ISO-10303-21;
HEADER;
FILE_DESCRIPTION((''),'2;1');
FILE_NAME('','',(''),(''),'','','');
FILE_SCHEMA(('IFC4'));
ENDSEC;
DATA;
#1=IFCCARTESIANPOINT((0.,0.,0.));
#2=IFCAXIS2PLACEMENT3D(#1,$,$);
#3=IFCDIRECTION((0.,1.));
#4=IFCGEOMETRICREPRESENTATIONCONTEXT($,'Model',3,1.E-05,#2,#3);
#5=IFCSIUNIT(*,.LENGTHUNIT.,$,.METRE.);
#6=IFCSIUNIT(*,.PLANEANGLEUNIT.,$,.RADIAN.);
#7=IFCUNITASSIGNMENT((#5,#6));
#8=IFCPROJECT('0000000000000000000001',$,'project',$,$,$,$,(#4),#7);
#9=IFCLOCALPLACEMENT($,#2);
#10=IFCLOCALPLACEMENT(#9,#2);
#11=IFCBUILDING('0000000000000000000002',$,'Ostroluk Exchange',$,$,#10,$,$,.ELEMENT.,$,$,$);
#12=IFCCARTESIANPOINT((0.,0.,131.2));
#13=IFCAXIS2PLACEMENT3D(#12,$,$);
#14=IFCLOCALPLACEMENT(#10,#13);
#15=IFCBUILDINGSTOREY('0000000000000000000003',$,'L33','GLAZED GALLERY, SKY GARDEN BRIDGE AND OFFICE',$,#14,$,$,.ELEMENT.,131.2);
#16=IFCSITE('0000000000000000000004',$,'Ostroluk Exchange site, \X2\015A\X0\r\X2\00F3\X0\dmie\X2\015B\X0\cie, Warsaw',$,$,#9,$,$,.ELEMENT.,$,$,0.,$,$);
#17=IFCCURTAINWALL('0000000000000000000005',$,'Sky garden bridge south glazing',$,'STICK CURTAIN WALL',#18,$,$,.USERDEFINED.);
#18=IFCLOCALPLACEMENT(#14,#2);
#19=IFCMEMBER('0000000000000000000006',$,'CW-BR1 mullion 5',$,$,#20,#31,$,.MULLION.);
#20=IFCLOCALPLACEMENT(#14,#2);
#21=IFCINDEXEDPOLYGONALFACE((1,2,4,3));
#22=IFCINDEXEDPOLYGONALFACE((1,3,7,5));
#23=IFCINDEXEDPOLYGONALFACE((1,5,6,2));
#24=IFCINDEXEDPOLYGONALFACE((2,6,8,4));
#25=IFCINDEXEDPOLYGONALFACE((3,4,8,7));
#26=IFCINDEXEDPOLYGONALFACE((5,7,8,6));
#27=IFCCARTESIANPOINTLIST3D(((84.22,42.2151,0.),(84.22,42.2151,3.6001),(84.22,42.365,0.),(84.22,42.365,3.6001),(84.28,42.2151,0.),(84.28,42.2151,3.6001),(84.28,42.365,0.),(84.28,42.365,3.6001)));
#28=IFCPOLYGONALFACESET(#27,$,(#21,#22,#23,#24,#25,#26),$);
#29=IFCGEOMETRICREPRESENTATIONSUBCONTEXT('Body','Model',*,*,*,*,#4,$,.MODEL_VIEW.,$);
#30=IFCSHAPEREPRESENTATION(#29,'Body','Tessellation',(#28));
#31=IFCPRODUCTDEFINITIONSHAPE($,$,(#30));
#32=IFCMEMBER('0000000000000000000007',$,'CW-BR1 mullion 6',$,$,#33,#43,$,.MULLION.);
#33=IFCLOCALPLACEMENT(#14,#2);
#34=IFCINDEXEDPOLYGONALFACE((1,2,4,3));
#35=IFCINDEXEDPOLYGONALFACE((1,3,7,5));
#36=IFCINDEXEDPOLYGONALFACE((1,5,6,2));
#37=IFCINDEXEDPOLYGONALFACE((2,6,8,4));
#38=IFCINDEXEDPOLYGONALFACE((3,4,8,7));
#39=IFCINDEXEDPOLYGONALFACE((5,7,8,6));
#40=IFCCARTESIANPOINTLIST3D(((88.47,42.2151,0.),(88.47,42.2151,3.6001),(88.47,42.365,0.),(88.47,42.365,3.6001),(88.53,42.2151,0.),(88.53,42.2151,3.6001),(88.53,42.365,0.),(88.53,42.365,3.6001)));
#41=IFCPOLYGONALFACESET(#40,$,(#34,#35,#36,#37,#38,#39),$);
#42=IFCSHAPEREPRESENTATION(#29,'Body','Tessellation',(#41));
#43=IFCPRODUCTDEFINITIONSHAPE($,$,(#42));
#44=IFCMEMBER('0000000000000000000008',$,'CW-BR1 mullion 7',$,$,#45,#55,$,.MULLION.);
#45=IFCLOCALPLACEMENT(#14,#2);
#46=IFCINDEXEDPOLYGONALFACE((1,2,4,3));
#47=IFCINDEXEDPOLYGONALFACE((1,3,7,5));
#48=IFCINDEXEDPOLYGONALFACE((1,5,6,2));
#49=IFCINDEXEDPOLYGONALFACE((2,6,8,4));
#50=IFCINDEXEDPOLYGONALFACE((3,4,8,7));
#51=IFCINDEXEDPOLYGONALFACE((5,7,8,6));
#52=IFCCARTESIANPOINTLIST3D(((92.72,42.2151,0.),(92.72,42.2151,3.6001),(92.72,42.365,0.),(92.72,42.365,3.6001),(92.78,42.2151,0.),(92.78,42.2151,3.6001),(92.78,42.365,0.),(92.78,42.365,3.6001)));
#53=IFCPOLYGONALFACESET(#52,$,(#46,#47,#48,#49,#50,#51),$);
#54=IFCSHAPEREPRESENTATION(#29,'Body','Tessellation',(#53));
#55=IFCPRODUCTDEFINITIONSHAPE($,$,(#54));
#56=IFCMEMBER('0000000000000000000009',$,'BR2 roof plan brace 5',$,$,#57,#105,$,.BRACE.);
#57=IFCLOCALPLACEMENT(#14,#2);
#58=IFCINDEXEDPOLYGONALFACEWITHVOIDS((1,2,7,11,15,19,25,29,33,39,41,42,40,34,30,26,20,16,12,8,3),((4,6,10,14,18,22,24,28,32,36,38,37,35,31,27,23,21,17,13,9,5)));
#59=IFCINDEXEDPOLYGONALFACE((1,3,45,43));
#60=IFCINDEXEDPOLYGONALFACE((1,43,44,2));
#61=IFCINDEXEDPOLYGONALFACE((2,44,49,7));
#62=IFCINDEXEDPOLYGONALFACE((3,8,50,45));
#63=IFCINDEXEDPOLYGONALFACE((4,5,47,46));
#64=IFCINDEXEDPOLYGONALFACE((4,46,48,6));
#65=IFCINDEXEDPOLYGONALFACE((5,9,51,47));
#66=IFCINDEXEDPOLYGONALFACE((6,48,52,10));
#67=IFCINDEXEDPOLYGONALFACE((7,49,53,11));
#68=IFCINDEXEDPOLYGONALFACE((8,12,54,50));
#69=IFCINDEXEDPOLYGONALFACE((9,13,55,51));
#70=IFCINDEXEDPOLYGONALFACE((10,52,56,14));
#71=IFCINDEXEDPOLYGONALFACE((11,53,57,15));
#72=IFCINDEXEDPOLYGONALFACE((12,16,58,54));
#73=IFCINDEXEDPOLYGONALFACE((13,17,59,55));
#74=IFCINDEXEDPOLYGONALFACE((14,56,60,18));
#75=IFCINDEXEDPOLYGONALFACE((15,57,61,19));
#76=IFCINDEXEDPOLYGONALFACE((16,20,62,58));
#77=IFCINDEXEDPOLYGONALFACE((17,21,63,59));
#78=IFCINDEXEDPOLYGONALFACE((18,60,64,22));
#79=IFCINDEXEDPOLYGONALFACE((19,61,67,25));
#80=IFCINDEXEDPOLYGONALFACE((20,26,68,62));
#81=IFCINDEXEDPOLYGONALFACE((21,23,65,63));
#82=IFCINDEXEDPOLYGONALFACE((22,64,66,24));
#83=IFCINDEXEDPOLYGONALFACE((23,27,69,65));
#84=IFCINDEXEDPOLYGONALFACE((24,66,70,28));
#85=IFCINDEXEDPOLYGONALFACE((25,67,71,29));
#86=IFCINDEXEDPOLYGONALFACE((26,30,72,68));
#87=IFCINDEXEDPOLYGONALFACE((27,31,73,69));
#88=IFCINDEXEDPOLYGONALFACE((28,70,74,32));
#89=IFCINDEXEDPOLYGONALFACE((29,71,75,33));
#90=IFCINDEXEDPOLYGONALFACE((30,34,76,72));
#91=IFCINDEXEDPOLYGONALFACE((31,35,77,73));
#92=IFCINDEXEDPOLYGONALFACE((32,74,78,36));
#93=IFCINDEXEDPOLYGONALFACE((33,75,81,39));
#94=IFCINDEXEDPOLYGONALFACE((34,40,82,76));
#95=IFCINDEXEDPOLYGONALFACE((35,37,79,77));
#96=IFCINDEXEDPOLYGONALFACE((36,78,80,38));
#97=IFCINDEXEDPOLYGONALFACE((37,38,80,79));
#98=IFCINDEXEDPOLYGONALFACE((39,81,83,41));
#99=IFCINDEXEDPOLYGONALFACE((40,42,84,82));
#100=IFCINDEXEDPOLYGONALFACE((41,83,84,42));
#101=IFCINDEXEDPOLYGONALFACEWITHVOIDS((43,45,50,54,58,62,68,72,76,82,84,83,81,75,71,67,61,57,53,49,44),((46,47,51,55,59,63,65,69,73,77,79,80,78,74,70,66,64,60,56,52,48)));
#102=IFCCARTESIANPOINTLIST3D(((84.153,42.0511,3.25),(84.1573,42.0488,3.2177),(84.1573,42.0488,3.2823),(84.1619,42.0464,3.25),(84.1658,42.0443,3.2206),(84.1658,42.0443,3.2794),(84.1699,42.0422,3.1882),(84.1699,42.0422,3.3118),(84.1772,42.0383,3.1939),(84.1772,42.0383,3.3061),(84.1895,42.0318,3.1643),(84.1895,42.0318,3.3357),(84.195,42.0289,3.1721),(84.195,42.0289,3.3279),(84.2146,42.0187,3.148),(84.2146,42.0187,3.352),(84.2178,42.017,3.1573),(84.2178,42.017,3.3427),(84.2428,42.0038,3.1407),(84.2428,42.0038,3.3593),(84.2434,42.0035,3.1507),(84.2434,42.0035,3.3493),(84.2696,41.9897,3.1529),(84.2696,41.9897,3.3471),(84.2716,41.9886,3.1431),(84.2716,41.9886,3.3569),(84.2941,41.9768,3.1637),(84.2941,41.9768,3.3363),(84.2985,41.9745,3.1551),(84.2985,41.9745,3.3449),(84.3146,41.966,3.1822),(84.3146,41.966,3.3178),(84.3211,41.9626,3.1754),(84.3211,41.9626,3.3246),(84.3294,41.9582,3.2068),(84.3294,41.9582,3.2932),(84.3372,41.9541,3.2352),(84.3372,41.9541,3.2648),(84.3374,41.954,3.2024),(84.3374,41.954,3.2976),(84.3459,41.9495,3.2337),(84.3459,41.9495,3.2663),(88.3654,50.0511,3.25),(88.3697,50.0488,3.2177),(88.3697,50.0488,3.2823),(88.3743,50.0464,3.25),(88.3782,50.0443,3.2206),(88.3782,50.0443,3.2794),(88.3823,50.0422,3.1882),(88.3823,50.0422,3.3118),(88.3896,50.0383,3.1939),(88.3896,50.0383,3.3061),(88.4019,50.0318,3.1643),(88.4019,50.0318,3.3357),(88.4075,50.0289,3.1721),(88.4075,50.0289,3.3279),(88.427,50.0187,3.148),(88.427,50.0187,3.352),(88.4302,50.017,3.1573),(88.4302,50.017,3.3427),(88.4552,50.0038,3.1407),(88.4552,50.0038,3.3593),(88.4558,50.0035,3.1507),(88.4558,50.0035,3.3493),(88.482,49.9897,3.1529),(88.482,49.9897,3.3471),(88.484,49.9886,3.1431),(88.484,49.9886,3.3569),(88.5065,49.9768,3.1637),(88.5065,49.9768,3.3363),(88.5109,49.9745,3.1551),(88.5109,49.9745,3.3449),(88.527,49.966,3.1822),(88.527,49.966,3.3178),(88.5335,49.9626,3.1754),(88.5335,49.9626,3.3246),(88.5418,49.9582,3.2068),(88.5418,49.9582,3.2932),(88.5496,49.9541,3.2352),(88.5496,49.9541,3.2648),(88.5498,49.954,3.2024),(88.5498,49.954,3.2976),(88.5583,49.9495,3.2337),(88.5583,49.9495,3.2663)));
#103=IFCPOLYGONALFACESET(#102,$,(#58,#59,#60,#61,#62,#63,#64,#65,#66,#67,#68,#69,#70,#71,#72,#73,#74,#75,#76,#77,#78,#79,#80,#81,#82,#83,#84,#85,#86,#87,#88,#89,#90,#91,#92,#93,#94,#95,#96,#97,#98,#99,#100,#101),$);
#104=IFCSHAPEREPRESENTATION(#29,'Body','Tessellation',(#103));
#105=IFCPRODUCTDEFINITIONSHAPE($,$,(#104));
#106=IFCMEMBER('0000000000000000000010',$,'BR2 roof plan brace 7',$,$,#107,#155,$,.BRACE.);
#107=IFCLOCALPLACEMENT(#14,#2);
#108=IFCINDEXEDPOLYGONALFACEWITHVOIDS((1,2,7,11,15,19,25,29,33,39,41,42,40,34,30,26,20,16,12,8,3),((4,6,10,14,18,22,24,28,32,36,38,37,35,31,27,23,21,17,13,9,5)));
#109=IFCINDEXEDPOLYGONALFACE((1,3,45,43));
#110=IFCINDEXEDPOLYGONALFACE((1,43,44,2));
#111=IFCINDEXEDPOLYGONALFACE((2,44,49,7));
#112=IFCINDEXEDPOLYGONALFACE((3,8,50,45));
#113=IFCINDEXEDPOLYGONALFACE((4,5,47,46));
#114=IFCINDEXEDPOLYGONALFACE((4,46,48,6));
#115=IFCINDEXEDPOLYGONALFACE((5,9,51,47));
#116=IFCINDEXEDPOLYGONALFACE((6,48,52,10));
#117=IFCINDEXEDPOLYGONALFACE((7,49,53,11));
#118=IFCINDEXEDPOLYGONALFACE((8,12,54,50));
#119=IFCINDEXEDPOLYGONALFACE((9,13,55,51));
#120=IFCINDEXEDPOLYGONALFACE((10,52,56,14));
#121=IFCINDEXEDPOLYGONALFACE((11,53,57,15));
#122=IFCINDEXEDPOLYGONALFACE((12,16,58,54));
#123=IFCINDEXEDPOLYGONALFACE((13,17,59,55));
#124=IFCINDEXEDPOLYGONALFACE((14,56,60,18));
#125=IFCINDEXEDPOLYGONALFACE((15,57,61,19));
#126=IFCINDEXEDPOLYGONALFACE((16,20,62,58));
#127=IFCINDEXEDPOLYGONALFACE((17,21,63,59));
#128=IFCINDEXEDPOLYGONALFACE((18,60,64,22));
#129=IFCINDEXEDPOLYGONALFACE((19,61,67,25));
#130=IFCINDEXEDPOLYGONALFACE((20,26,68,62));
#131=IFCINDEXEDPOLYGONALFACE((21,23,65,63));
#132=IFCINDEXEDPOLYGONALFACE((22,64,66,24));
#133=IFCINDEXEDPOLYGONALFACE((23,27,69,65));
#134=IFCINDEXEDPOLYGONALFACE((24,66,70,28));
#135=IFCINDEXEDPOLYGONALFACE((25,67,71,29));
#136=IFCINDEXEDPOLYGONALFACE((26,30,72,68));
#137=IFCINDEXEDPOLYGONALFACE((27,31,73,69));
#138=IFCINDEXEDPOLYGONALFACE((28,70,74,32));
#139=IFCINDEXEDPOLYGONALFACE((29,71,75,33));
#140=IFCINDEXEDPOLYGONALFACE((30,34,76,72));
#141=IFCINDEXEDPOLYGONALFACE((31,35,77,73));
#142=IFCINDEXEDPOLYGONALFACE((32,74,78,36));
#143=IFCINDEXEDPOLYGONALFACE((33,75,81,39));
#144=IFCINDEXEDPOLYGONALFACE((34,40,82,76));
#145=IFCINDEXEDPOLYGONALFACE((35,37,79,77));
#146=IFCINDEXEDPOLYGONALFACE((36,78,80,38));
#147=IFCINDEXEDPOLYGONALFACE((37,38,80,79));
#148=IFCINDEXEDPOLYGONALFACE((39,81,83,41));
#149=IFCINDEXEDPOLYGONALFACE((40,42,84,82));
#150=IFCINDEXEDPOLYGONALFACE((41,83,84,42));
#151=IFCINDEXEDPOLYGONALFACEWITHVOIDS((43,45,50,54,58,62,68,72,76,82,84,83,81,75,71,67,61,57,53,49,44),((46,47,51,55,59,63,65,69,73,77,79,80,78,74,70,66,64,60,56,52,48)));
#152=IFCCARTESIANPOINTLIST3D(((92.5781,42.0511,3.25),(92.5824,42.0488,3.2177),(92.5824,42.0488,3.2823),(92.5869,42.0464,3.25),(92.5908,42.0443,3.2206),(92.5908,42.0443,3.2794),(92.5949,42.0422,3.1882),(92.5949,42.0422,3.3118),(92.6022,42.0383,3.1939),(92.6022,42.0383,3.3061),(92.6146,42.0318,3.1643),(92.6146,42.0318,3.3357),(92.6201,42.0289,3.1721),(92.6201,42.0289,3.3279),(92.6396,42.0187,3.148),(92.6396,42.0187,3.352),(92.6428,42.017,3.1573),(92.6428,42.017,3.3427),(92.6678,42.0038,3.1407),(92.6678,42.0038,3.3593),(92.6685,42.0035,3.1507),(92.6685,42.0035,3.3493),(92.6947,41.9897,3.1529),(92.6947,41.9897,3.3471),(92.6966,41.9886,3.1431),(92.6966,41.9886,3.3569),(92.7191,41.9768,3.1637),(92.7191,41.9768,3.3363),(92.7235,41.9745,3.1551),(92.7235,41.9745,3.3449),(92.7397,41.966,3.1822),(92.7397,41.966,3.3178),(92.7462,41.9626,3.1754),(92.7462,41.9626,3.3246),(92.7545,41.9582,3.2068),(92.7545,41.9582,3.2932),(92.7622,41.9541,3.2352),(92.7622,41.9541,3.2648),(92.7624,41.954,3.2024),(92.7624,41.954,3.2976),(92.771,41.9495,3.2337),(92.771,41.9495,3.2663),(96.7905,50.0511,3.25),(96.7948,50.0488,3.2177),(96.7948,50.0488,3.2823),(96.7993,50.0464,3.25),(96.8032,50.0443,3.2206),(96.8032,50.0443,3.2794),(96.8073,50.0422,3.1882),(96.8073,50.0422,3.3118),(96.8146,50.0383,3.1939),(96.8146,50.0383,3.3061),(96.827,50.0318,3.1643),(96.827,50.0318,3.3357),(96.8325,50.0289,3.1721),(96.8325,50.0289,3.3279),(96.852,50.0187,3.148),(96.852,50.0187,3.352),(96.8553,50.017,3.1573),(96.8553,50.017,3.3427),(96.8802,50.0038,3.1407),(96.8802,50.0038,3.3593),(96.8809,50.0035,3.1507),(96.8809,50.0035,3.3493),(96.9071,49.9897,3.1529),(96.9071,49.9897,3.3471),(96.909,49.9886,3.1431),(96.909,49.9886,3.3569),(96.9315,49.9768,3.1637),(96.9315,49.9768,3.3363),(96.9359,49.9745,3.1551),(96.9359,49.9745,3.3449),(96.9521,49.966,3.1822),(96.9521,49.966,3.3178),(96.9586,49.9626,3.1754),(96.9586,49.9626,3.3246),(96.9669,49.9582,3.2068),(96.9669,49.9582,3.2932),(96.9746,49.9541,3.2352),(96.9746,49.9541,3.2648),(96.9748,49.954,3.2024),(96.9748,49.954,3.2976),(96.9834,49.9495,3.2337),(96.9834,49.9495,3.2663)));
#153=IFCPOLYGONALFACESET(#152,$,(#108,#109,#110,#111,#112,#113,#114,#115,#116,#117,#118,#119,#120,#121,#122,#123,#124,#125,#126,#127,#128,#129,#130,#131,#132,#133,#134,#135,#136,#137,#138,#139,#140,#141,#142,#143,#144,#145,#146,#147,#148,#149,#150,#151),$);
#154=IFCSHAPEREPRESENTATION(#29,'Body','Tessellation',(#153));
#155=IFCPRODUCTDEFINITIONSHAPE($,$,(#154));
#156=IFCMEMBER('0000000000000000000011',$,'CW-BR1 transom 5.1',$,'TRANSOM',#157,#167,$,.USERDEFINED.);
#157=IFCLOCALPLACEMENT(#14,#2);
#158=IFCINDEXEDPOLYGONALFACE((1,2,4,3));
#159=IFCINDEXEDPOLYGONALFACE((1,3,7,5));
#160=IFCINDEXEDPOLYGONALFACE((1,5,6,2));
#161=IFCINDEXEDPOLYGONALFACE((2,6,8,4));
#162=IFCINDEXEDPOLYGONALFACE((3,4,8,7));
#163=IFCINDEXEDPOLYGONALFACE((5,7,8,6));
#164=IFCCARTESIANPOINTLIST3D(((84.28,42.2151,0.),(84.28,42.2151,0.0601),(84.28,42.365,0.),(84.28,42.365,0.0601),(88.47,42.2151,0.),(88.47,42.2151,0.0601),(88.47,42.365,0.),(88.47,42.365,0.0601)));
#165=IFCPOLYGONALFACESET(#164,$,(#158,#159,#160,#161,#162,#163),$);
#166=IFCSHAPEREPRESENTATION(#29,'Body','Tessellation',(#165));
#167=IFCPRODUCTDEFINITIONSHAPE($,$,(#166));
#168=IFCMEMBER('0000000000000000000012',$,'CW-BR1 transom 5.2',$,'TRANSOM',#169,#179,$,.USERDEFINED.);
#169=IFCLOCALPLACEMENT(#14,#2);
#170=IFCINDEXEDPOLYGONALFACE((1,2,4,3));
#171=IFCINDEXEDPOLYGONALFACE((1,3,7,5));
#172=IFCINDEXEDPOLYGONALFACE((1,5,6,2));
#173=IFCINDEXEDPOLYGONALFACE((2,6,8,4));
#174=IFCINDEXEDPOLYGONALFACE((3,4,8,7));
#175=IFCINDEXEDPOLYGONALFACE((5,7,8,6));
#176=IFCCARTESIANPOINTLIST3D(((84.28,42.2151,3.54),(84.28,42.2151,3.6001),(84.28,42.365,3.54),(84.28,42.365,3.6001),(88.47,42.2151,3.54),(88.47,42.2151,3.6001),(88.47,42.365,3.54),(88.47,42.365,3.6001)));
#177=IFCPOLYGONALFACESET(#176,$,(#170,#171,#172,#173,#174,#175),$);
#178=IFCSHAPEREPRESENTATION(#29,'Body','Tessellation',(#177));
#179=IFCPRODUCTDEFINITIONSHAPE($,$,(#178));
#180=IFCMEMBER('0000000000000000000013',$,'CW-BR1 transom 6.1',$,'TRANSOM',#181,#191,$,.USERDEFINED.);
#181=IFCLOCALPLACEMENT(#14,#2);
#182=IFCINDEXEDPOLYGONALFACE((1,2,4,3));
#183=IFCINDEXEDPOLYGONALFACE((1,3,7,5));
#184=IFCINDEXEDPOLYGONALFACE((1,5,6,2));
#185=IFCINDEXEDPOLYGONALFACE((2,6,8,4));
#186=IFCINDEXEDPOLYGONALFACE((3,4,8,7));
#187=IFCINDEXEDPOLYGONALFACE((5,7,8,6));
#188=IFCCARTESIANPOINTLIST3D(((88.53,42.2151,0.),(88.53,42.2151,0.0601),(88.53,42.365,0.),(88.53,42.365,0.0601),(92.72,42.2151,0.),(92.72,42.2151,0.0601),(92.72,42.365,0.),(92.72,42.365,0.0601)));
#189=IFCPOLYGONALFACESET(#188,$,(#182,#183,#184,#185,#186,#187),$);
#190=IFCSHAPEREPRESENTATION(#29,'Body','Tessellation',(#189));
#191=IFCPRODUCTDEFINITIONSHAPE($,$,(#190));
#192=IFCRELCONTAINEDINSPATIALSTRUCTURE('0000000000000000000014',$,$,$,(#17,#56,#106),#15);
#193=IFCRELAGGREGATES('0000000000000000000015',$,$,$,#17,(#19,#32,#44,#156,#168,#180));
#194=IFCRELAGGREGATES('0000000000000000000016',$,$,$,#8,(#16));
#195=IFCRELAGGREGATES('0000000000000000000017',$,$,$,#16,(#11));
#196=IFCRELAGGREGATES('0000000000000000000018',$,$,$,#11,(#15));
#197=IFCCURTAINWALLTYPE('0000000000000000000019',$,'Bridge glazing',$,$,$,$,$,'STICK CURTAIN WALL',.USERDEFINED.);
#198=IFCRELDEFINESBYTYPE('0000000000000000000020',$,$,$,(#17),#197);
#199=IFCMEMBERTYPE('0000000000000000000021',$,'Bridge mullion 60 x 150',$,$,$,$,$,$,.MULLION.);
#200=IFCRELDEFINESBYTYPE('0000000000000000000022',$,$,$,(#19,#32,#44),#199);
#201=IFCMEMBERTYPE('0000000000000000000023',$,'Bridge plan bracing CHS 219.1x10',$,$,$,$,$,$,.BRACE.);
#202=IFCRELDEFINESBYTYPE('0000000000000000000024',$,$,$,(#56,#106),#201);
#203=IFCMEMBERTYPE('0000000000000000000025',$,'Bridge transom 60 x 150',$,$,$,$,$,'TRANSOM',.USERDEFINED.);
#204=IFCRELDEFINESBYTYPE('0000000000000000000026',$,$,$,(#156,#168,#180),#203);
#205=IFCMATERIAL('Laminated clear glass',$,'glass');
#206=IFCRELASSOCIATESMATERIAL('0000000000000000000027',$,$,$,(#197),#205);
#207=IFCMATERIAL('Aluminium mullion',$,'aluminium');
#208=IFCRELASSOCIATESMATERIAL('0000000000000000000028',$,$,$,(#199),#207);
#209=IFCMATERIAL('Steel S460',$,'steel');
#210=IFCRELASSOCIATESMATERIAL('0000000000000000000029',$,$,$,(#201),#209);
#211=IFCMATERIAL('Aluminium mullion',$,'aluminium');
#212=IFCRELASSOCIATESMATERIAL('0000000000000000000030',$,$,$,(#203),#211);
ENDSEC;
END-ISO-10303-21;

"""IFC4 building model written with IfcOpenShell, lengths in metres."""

from ifc_helpers import new_model, si_unit, direction, frame, origin, origin_2d, place, context, subcontext, project, spatial, rectangle, hollow_circle, extrude, material, material_profile, profile_set, type_object, element, aggregate, save


model = new_model("IFC4")

# Units and contexts
model_context = context("Model", 3, precision=1e-05, world=origin(), true_north=direction((0.0, 1.0)))
body_context = subcontext(model_context, "Body", "Model", "MODEL_VIEW")
ifc_project = project(units=[si_unit("LENGTHUNIT", "METRE"), si_unit("PLANEANGLEUNIT", "RADIAN")], contexts=[model_context])

# Site, building, storey
site_placement = place(None, origin())
site = spatial("IfcSite", under=ifc_project, at=site_placement, Name="Ostroluk Exchange site, Śródmieście, Warsaw", CompositionType="ELEMENT", RefElevation=0.0)
building_placement = place(site_placement, origin())
building = spatial("IfcBuilding", under=site, at=building_placement, Name="Ostroluk Exchange", CompositionType="ELEMENT")
storey_placement = place(building_placement, frame((0.0, 0.0, 131.2)))
storey = spatial("IfcBuildingStorey", under=building, at=storey_placement, Name="L33", Description="GLAZED GALLERY, SKY GARDEN BRIDGE AND OFFICE", CompositionType="ELEMENT", Elevation=131.2)

# Curtain wall, members
ifc_material_1 = material(Name="Laminated clear glass", Category="glass")
curtain_wall_type = type_object("IfcCurtainWallType", Name="Bridge glazing", ElementType="STICK CURTAIN WALL", PredefinedType="USERDEFINED", material=ifc_material_1)
curtain_wall_placement = place(storey_placement, origin())
curtain_wall = element("IfcCurtainWall", 1, at=curtain_wall_placement, inside=storey, type_object=curtain_wall_type, Name="Sky garden bridge south glazing", ObjectType="STICK CURTAIN WALL", PredefinedType="USERDEFINED")
ifc_material_2 = material(Name="Aluminium mullion", Category="aluminium")
ifc_material_profile_1 = material_profile(ifc_material_2, rectangle(XDim=0.1499, YDim=0.0601, at=origin_2d()), Name="Bridge mullion 60 x 150")
ifc_profile_set_1 = profile_set([ifc_material_profile_1], Name="Aluminium mullion")
member_type_1 = type_object("IfcMemberType", Name="Bridge mullion 60 x 150", PredefinedType="MULLION", material=ifc_profile_set_1)
member_1_placement = place(storey_placement, frame((84.25, 42.29, 0.0), z_axis=(0.0, 0.0, 1.0), x_axis=(0.0, 1.0, 0.0)))
member_1 = element("IfcMember", 2, at=member_1_placement, type_object=member_type_1, Name="CW-BR1 mullion 5", PredefinedType="MULLION", context=body_context, shape_type="SweptSolid", body=[
    extrude(rectangle(XDim=0.1499, YDim=0.0601, at=origin_2d()), origin(), (0.0, 0.0, 1.0), 3.6001),
])
member_2_placement = place(storey_placement, frame((88.5, 42.29, 0.0), z_axis=(0.0, 0.0, 1.0), x_axis=(0.0, 1.0, 0.0)))
member_2 = element("IfcMember", 3, at=member_2_placement, type_object=member_type_1, Name="CW-BR1 mullion 6", PredefinedType="MULLION", context=body_context, shape_type="SweptSolid", body=[
    extrude(rectangle(XDim=0.1499, YDim=0.0601, at=origin_2d()), origin(), (0.0, 0.0, 1.0), 3.6001),
])
member_3_placement = place(storey_placement, frame((92.75, 42.29, 0.0), z_axis=(0.0, 0.0, 1.0), x_axis=(0.0, 1.0, 0.0)))
member_3 = element("IfcMember", 4, at=member_3_placement, type_object=member_type_1, Name="CW-BR1 mullion 7", PredefinedType="MULLION", context=body_context, shape_type="SweptSolid", body=[
    extrude(rectangle(XDim=0.1499, YDim=0.0601, at=origin_2d()), origin(), (0.0, 0.0, 1.0), 3.6001),
])

# Members
ifc_material_3 = material(Name="Steel S460", Category="steel")
ifc_material_profile_2 = material_profile(ifc_material_3, hollow_circle(Radius=0.1096, WallThickness=0.01, at=origin_2d()), Name="CHS 219.1x10")
ifc_profile_set_2 = profile_set([ifc_material_profile_2], Name="Steel S460")
member_type_2 = type_object("IfcMemberType", Name="Bridge plan bracing CHS 219.1x10", PredefinedType="BRACE", material=ifc_profile_set_2)
for number, where, z_axis, x_axis, name in (
    (5, (84.25, 42.0, 3.25), (0.465909, 0.884833, 0.0), (-0.884833, 0.465909, 0.0), "BR2 roof plan brace 5"),
    (6, (92.675, 42.0, 3.25), (0.465909, 0.884833, 0.0), (-0.884833, 0.465909, 0.0), "BR2 roof plan brace 7"),
):
    element("IfcMember", number, at=place(storey_placement, frame(where, z_axis=z_axis, x_axis=x_axis)), inside=storey, type_object=member_type_2, Name=name, PredefinedType="BRACE", context=body_context, shape_type="SweptSolid", body=[
        extrude(hollow_circle(Radius=0.1096, WallThickness=0.01, at=origin_2d()), origin(), (0.0, 0.0, 1.0), 9.0413),
    ])

# Members
ifc_material_4 = material(Name="Aluminium mullion", Category="aluminium")
ifc_material_profile_3 = material_profile(ifc_material_4, rectangle(XDim=0.1499, YDim=0.0601, at=origin_2d()), Name="Bridge transom 60 x 150")
ifc_profile_set_3 = profile_set([ifc_material_profile_3], Name="Aluminium mullion")
member_type_3 = type_object("IfcMemberType", Name="Bridge transom 60 x 150", ElementType="TRANSOM", PredefinedType="USERDEFINED", material=ifc_profile_set_3)
member_4_placement = place(storey_placement, frame((84.28, 42.29, 0.03), z_axis=(1.0, 0.0, 0.0), x_axis=(0.0, 1.0, 0.0)))
member_4 = element("IfcMember", 7, at=member_4_placement, type_object=member_type_3, Name="CW-BR1 transom 5.1", ObjectType="TRANSOM", PredefinedType="USERDEFINED", context=body_context, shape_type="SweptSolid", body=[
    extrude(rectangle(XDim=0.1499, YDim=0.0601, at=origin_2d()), origin(), (0.0, 0.0, 1.0), 4.1899),
])
member_5_placement = place(storey_placement, frame((84.28, 42.29, 3.5701), z_axis=(1.0, 0.0, 0.0), x_axis=(0.0, 1.0, 0.0)))
member_5 = element("IfcMember", 8, at=member_5_placement, type_object=member_type_3, Name="CW-BR1 transom 5.2", ObjectType="TRANSOM", PredefinedType="USERDEFINED", context=body_context, shape_type="SweptSolid", body=[
    extrude(rectangle(XDim=0.1499, YDim=0.0601, at=origin_2d()), origin(), (0.0, 0.0, 1.0), 4.1899),
])
member_6_placement = place(storey_placement, frame((88.53, 42.29, 0.03), z_axis=(1.0, 0.0, 0.0), x_axis=(0.0, 1.0, 0.0)))
member_6 = element("IfcMember", 9, at=member_6_placement, type_object=member_type_3, Name="CW-BR1 transom 6.1", ObjectType="TRANSOM", PredefinedType="USERDEFINED", context=body_context, shape_type="SweptSolid", body=[
    extrude(rectangle(XDim=0.1499, YDim=0.0601, at=origin_2d()), origin(), (0.0, 0.0, 1.0), 4.1899),
])

aggregate(curtain_wall, [member_1, member_2, member_3, member_4, member_5, member_6])

save(model, "model.ifc")
